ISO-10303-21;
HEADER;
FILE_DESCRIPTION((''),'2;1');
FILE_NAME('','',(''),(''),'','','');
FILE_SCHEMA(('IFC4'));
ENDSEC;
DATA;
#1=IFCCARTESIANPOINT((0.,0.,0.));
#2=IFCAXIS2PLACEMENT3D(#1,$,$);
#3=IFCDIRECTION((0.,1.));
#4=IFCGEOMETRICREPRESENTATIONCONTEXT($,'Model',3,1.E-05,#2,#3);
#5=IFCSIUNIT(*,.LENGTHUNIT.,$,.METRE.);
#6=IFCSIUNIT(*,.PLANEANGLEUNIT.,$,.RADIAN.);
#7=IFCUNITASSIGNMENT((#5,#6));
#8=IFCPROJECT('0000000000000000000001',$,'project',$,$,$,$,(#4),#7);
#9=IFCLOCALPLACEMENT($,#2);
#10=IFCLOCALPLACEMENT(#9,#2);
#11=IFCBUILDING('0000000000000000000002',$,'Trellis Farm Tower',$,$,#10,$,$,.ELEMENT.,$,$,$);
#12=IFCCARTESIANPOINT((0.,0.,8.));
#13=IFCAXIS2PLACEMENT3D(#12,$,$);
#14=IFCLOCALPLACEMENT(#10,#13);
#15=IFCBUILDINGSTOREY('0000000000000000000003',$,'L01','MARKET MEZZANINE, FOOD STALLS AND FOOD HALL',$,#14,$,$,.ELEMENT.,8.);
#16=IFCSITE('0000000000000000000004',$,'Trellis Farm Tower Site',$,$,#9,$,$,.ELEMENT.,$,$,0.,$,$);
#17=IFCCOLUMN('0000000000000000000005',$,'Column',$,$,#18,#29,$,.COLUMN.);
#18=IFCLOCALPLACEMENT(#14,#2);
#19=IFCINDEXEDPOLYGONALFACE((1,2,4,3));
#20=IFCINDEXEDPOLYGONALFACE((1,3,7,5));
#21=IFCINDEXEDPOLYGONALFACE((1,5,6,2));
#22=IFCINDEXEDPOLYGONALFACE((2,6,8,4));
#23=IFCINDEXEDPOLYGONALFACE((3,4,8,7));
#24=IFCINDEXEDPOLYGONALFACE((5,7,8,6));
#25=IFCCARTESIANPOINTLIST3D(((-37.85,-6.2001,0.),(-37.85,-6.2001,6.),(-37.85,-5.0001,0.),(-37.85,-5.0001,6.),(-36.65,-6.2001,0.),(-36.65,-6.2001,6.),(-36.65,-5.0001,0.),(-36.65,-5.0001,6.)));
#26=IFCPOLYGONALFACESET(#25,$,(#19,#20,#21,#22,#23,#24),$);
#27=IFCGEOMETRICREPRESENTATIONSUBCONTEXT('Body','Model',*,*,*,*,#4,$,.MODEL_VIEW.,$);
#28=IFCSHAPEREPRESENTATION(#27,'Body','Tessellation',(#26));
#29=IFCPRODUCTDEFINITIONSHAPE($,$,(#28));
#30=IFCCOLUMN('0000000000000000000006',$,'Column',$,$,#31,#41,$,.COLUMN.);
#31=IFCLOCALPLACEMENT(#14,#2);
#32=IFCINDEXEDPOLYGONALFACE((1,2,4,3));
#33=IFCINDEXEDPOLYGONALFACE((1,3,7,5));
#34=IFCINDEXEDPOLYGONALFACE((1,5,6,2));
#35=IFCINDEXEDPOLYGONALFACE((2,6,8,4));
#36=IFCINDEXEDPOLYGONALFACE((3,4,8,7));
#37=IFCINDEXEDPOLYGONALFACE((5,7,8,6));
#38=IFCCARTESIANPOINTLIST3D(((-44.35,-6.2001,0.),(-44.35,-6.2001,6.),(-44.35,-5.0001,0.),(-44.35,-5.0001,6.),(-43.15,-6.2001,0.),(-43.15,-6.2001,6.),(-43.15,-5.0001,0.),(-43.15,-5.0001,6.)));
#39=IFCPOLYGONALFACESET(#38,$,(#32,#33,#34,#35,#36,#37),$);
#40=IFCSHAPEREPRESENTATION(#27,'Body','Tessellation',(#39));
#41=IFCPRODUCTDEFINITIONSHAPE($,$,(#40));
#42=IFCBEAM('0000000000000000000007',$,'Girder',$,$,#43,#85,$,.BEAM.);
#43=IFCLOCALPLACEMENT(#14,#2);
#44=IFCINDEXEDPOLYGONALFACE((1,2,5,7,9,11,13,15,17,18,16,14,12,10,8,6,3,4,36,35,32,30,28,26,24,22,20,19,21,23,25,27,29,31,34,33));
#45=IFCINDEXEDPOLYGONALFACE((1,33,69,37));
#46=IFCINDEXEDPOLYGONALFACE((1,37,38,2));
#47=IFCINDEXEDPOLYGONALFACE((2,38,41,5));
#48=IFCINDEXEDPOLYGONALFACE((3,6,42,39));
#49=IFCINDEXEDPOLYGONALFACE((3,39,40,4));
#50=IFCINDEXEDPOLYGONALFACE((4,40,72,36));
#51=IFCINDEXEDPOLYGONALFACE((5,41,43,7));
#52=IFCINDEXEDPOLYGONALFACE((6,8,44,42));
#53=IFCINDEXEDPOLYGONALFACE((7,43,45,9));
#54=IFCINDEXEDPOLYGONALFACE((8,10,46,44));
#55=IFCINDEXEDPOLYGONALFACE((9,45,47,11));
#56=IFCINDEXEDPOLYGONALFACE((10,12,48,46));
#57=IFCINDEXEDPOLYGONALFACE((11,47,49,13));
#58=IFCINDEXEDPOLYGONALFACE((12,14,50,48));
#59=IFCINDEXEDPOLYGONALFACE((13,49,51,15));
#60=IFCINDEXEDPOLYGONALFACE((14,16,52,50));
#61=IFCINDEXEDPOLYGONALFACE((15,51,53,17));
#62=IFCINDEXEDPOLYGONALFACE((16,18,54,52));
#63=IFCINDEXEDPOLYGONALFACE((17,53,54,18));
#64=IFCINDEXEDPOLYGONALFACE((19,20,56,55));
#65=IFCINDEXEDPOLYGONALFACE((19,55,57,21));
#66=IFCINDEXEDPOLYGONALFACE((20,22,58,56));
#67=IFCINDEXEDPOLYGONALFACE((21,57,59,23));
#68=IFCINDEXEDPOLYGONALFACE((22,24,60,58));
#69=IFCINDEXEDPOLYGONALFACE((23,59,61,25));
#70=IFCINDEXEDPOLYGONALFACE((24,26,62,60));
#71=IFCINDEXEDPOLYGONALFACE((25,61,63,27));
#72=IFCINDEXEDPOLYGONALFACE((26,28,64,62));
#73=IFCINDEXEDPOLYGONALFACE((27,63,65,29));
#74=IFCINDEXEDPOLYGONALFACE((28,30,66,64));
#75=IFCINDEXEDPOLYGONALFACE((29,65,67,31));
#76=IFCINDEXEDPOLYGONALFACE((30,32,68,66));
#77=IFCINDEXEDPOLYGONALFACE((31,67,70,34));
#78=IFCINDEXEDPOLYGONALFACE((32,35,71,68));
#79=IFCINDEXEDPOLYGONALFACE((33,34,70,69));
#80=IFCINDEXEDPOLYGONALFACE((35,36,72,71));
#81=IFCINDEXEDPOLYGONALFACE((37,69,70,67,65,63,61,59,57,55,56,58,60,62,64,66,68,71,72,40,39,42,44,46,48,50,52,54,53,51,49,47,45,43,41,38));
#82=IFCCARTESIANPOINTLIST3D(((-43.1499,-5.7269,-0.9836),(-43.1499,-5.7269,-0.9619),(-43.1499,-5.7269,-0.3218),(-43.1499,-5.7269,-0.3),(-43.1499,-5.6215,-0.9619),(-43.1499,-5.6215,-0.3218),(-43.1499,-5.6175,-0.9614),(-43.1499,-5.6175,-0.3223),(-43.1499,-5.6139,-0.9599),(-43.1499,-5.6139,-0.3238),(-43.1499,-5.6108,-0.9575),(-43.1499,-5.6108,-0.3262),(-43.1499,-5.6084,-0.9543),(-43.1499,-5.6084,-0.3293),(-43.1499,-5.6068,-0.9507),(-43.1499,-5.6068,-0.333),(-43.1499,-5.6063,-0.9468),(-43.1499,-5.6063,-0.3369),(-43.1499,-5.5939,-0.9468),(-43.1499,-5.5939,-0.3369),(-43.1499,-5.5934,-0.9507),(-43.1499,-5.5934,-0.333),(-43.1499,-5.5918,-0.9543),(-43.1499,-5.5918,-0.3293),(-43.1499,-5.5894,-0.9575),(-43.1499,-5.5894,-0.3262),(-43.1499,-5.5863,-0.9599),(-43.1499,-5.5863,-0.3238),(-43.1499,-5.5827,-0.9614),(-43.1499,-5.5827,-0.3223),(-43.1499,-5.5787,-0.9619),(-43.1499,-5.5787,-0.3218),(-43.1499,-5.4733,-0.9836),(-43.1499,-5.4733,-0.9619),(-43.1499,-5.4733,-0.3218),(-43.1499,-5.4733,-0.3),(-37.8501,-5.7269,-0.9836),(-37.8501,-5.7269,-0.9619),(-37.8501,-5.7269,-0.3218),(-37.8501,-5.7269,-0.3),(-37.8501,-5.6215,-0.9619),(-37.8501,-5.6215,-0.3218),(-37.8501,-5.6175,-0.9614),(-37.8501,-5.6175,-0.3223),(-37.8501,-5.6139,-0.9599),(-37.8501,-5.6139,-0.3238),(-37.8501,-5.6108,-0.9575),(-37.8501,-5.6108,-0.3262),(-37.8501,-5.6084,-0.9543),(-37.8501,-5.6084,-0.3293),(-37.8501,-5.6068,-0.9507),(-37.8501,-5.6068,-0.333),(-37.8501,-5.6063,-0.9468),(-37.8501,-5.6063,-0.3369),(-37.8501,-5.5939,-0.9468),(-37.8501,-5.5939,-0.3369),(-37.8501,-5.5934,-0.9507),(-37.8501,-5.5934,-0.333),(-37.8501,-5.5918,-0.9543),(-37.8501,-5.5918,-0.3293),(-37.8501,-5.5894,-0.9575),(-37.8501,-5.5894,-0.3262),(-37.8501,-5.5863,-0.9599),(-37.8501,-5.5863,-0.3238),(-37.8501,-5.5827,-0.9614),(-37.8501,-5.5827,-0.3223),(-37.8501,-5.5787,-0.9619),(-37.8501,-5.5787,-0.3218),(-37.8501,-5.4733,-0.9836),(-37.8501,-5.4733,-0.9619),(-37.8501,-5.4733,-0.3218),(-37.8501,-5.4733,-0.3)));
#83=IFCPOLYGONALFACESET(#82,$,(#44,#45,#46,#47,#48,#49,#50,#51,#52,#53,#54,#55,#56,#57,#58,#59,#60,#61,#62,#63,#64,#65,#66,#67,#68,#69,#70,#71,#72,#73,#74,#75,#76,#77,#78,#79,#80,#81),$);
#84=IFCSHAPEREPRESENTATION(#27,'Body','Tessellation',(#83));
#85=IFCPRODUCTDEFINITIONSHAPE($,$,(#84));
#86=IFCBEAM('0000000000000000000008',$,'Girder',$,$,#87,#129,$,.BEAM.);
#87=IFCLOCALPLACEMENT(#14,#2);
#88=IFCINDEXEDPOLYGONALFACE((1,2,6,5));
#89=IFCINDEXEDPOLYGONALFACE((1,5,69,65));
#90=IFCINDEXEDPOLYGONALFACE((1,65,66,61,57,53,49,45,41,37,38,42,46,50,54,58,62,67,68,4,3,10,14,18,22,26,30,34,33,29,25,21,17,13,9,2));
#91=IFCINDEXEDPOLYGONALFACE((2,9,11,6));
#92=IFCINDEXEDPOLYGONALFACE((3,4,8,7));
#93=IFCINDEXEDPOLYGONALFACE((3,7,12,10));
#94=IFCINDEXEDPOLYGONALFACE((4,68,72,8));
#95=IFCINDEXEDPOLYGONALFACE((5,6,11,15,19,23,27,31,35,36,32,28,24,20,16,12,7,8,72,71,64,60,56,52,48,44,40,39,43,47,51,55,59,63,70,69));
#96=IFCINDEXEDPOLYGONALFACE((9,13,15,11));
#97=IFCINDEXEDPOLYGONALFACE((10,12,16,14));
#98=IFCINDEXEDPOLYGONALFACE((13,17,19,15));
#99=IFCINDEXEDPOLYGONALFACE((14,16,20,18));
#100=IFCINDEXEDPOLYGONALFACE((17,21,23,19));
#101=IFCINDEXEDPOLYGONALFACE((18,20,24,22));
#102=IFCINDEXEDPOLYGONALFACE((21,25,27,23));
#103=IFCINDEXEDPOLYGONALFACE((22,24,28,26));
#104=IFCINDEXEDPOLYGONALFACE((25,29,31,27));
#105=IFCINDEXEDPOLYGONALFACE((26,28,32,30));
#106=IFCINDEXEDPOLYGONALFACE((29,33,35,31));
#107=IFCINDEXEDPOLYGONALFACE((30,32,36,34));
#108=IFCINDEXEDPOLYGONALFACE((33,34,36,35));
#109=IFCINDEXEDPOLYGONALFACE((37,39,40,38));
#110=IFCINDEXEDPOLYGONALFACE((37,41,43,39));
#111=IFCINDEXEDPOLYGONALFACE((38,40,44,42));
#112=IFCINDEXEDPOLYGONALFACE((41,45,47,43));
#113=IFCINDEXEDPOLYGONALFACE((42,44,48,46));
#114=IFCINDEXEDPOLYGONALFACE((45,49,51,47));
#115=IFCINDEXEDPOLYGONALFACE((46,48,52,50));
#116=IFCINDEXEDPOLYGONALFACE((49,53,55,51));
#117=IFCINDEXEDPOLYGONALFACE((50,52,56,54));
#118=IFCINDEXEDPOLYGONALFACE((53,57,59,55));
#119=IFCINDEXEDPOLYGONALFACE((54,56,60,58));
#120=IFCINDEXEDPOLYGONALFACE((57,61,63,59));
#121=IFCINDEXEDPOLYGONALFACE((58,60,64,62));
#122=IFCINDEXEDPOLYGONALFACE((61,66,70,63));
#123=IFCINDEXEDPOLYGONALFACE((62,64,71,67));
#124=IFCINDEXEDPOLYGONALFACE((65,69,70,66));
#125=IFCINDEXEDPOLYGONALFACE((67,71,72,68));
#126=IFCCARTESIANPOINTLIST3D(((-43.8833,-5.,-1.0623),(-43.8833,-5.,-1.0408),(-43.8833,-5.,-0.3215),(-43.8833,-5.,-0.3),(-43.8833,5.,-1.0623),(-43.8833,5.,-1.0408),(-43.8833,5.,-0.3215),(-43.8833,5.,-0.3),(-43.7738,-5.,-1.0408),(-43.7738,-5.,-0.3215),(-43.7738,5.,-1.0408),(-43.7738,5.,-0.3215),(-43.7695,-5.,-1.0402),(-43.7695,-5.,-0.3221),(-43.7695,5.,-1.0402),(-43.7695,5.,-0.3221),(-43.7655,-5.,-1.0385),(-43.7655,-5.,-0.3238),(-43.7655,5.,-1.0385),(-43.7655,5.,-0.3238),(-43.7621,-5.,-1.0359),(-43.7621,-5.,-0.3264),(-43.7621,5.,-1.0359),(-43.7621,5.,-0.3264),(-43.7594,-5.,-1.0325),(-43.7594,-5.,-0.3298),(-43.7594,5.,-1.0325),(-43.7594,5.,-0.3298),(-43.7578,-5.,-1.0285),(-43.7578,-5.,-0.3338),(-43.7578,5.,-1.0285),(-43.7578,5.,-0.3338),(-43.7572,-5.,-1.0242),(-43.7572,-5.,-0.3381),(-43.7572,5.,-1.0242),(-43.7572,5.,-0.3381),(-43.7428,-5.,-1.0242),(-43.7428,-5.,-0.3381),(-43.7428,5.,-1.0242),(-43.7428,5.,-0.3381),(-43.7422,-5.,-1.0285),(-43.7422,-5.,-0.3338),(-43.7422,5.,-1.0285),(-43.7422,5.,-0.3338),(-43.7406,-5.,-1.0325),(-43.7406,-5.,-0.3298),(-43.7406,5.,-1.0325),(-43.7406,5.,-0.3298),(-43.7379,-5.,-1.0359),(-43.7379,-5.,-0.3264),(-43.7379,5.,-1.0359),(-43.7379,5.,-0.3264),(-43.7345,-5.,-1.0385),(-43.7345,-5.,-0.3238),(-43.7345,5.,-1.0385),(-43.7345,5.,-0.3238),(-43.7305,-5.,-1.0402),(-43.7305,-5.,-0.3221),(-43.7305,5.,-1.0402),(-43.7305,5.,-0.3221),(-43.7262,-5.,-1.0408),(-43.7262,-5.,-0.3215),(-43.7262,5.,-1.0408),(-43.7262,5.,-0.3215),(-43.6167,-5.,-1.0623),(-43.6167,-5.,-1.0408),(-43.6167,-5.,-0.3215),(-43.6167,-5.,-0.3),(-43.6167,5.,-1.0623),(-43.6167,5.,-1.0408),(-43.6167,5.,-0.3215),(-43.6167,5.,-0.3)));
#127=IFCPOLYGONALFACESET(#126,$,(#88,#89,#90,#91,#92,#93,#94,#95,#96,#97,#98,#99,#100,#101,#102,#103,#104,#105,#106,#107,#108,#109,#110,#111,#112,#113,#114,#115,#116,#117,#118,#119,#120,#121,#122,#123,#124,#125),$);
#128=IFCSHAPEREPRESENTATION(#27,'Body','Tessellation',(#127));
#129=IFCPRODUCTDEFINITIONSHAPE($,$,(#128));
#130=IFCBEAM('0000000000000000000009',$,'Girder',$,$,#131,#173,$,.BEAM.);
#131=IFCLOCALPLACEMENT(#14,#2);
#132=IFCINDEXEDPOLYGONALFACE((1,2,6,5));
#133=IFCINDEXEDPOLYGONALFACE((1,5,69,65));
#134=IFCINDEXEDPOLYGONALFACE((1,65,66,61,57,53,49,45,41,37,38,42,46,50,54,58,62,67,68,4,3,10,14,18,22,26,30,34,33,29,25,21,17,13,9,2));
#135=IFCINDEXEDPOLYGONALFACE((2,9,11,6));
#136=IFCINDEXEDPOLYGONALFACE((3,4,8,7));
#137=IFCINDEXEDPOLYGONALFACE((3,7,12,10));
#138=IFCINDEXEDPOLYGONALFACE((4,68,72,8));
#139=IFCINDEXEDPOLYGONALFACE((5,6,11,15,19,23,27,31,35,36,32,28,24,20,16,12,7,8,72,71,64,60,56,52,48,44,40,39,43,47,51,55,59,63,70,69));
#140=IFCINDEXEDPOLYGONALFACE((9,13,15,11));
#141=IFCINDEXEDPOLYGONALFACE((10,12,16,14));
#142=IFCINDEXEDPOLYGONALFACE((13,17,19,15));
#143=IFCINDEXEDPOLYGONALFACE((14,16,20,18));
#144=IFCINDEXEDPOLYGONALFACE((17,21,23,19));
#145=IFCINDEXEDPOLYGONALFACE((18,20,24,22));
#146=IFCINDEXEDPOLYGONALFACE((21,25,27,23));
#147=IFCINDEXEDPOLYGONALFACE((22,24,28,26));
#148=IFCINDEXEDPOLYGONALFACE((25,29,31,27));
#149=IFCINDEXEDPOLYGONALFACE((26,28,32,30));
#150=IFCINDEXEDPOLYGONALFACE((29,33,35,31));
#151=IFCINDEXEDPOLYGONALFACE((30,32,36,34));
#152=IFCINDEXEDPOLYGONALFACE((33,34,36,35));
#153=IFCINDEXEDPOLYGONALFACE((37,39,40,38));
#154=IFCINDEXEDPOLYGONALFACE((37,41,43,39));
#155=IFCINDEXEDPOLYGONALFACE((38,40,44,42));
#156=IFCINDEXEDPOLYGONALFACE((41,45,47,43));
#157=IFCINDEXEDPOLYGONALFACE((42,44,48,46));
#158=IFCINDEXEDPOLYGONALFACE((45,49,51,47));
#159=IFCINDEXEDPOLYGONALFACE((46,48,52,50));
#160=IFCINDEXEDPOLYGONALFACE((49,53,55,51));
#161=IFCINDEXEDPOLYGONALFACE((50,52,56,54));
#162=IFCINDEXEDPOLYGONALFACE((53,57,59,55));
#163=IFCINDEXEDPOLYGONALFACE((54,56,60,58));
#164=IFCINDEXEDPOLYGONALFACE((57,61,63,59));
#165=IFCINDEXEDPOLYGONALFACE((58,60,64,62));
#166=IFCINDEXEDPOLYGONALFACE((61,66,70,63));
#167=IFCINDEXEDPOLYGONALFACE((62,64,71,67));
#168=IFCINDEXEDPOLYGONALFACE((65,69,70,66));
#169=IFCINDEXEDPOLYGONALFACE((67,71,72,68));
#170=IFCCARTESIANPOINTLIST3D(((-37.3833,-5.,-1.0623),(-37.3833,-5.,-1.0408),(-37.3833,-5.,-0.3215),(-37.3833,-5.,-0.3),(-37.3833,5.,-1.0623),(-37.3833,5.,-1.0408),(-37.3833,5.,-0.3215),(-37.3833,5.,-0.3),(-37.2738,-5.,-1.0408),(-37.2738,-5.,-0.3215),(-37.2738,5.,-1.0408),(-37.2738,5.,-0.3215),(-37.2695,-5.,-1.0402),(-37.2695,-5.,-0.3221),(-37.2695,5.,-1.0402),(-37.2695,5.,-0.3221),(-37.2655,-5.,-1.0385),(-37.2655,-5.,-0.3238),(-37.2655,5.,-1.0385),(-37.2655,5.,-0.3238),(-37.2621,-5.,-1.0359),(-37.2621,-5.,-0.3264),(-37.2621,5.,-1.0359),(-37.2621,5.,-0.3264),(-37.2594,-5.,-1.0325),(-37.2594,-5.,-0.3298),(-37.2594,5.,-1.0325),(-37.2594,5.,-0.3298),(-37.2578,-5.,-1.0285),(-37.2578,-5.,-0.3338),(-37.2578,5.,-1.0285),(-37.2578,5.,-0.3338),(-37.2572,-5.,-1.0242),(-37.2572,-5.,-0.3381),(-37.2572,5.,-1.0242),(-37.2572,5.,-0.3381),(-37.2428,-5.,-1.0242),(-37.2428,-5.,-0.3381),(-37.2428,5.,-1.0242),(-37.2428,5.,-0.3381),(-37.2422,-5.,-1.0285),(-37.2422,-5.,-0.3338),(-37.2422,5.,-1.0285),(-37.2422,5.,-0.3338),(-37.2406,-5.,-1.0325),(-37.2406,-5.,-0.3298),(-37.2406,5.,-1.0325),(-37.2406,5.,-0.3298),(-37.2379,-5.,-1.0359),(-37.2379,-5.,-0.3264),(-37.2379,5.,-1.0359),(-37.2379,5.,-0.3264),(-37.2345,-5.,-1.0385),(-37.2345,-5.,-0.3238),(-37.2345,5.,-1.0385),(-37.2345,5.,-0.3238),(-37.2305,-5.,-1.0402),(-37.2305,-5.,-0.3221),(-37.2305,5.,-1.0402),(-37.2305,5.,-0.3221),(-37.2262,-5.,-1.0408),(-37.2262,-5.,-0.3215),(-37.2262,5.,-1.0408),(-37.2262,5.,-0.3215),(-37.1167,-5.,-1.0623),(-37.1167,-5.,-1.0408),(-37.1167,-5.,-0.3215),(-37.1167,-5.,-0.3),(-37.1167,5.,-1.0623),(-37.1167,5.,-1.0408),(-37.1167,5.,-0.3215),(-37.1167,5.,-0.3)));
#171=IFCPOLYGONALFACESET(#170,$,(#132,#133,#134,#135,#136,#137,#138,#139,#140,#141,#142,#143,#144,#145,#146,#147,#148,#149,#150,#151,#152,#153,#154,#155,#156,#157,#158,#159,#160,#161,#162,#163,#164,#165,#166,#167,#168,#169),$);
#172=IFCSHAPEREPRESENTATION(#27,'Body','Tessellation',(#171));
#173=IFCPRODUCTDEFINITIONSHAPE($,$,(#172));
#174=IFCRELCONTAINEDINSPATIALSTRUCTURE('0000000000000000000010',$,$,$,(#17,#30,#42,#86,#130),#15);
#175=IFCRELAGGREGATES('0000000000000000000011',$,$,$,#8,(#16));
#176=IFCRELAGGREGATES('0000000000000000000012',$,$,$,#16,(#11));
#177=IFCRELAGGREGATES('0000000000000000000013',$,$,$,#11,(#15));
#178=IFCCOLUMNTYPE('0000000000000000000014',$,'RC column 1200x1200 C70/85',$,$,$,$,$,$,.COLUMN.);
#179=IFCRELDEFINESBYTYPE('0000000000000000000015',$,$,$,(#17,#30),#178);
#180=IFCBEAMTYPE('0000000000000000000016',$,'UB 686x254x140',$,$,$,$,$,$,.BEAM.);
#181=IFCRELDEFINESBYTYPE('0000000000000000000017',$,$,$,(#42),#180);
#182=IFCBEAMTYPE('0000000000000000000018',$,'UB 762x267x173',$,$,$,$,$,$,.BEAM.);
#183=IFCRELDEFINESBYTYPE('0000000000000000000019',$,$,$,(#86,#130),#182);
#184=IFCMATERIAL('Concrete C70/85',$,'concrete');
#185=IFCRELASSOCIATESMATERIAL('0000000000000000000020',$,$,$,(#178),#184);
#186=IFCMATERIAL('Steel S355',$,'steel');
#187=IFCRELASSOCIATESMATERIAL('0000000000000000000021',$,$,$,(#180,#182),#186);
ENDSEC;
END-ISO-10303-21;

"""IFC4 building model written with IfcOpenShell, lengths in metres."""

from ifc_helpers import new_model, si_unit, direction, frame, origin, origin_2d, place, context, subcontext, project, spatial, rectangle, i_section, extrude, source, transform, mapped, material, material_profile, profile_set, type_object, element, save


model = new_model("IFC4")

# Units and contexts
model_context = context("Model", 3, precision=1e-05, world=origin(), true_north=direction((0.0, 1.0)))
body_context = subcontext(model_context, "Body", "Model", "MODEL_VIEW")
ifc_project = project(units=[si_unit("LENGTHUNIT", "METRE"), si_unit("PLANEANGLEUNIT", "RADIAN")], contexts=[model_context])

# Site, building, storey
site_placement = place(None, origin())
site = spatial("IfcSite", under=ifc_project, at=site_placement, Name="Trellis Farm Tower Site", CompositionType="ELEMENT", RefElevation=0.0)
building_placement = place(site_placement, origin())
building = spatial("IfcBuilding", under=site, at=building_placement, Name="Trellis Farm Tower", CompositionType="ELEMENT")
storey_placement = place(building_placement, frame((0.0, 0.0, 8.0)))
storey = spatial("IfcBuildingStorey", under=building, at=storey_placement, Name="L01", Description="MARKET MEZZANINE, FOOD STALLS AND FOOD HALL", CompositionType="ELEMENT", Elevation=8.0)

# Columns
ifc_material_1 = material(Name="Concrete C70/85", Category="concrete")
ifc_material_profile_1 = material_profile(ifc_material_1, rectangle(XDim=1.2, YDim=1.2, at=origin_2d()), Name="RC column 1200x1200 C70/85")
ifc_profile_set_1 = profile_set([ifc_material_profile_1], Name="Concrete C70/85")
column_type = type_object("IfcColumnType", Name="RC column 1200x1200 C70/85", PredefinedType="COLUMN", material=ifc_profile_set_1)
shared_shape_1 = source(origin(), body_context, "Body", "SweptSolid", [
    extrude(rectangle(XDim=1.2, YDim=1.2, at=origin_2d()), origin(), (0.0, 0.0, 1.0), 6.0),
])
for number, where, z_axis, x_axis, name in (
    (1, (-37.25, -5.6001, 0.0), (0.0, 0.0, 1.0), (1.0, 0.0, 0.0), "Column"),
    (2, (-43.75, -5.6001, 0.0), (0.0, 0.0, 1.0), (1.0, 0.0, 0.0), "Column"),
):
    element("IfcColumn", number, at=place(storey_placement, frame(where, z_axis=z_axis, x_axis=x_axis)), inside=storey, type_object=column_type, Name=name, PredefinedType="COLUMN", context=body_context, shape_type="MappedRepresentation", body=[
        mapped(shared_shape_1, transform((0.0, 0.0, 0.0))),
    ])

# Beams
ifc_material_2 = material(Name="Steel S355", Category="steel")
ifc_material_profile_2 = material_profile(ifc_material_2, i_section(OverallWidth=0.2537, OverallDepth=0.6836, WebThickness=0.0125, FlangeThickness=0.0217, FilletRadius=0.0151, at=origin_2d()), Name="UB 686x254x140")
ifc_profile_set_2 = profile_set([ifc_material_profile_2], Name="Steel S355")
beam_type_1 = type_object("IfcBeamType", Name="UB 686x254x140", PredefinedType="BEAM", material=ifc_profile_set_2)
shared_shape_2 = source(origin(), body_context, "Body", "SweptSolid", [
    extrude(i_section(OverallWidth=0.2537, OverallDepth=0.6836, WebThickness=0.0125, FlangeThickness=0.0217, FilletRadius=0.0151, at=origin_2d()), origin(), (0.0, 0.0, 1.0), 5.2998),
])
beam_1_placement = place(storey_placement, frame((-43.1499, -5.6001, -0.6418), z_axis=(1.0, 0.0, 0.0), x_axis=(0.0, 1.0, 0.0)))
element("IfcBeam", 3, at=beam_1_placement, inside=storey, type_object=beam_type_1, Name="Girder", PredefinedType="BEAM", context=body_context, shape_type="MappedRepresentation", body=[
    mapped(shared_shape_2, transform((0.0, 0.0, 0.0))),
])
ifc_material_profile_3 = material_profile(ifc_material_2, i_section(OverallWidth=0.2666, OverallDepth=0.7622, WebThickness=0.0144, FlangeThickness=0.0215, FilletRadius=0.0166, at=origin_2d()), Name="UB 762x267x173")
ifc_profile_set_3 = profile_set([ifc_material_profile_3], Name="Steel S355")
beam_type_2 = type_object("IfcBeamType", Name="UB 762x267x173", PredefinedType="BEAM", material=ifc_profile_set_3)
shared_shape_3 = source(origin(), body_context, "Body", "SweptSolid", [
    extrude(i_section(OverallWidth=0.2666, OverallDepth=0.7622, WebThickness=0.0144, FlangeThickness=0.0215, FilletRadius=0.0166, at=origin_2d()), origin(), (0.0, 0.0, 1.0), 10.0),
])
for number, where, z_axis, x_axis, name in (
    (4, (-43.75, -5.0, -0.6812), (0.0, 1.0, 0.0), (-1.0, 0.0, 0.0), "Girder"),
    (5, (-37.25, -5.0, -0.6812), (0.0, 1.0, 0.0), (-1.0, 0.0, 0.0), "Girder"),
):
    element("IfcBeam", number, at=place(storey_placement, frame(where, z_axis=z_axis, x_axis=x_axis)), inside=storey, type_object=beam_type_2, Name=name, PredefinedType="BEAM", context=body_context, shape_type="MappedRepresentation", body=[
        mapped(shared_shape_3, transform((0.0, 0.0, 0.0))),
    ])

save(model, "model.ifc")
